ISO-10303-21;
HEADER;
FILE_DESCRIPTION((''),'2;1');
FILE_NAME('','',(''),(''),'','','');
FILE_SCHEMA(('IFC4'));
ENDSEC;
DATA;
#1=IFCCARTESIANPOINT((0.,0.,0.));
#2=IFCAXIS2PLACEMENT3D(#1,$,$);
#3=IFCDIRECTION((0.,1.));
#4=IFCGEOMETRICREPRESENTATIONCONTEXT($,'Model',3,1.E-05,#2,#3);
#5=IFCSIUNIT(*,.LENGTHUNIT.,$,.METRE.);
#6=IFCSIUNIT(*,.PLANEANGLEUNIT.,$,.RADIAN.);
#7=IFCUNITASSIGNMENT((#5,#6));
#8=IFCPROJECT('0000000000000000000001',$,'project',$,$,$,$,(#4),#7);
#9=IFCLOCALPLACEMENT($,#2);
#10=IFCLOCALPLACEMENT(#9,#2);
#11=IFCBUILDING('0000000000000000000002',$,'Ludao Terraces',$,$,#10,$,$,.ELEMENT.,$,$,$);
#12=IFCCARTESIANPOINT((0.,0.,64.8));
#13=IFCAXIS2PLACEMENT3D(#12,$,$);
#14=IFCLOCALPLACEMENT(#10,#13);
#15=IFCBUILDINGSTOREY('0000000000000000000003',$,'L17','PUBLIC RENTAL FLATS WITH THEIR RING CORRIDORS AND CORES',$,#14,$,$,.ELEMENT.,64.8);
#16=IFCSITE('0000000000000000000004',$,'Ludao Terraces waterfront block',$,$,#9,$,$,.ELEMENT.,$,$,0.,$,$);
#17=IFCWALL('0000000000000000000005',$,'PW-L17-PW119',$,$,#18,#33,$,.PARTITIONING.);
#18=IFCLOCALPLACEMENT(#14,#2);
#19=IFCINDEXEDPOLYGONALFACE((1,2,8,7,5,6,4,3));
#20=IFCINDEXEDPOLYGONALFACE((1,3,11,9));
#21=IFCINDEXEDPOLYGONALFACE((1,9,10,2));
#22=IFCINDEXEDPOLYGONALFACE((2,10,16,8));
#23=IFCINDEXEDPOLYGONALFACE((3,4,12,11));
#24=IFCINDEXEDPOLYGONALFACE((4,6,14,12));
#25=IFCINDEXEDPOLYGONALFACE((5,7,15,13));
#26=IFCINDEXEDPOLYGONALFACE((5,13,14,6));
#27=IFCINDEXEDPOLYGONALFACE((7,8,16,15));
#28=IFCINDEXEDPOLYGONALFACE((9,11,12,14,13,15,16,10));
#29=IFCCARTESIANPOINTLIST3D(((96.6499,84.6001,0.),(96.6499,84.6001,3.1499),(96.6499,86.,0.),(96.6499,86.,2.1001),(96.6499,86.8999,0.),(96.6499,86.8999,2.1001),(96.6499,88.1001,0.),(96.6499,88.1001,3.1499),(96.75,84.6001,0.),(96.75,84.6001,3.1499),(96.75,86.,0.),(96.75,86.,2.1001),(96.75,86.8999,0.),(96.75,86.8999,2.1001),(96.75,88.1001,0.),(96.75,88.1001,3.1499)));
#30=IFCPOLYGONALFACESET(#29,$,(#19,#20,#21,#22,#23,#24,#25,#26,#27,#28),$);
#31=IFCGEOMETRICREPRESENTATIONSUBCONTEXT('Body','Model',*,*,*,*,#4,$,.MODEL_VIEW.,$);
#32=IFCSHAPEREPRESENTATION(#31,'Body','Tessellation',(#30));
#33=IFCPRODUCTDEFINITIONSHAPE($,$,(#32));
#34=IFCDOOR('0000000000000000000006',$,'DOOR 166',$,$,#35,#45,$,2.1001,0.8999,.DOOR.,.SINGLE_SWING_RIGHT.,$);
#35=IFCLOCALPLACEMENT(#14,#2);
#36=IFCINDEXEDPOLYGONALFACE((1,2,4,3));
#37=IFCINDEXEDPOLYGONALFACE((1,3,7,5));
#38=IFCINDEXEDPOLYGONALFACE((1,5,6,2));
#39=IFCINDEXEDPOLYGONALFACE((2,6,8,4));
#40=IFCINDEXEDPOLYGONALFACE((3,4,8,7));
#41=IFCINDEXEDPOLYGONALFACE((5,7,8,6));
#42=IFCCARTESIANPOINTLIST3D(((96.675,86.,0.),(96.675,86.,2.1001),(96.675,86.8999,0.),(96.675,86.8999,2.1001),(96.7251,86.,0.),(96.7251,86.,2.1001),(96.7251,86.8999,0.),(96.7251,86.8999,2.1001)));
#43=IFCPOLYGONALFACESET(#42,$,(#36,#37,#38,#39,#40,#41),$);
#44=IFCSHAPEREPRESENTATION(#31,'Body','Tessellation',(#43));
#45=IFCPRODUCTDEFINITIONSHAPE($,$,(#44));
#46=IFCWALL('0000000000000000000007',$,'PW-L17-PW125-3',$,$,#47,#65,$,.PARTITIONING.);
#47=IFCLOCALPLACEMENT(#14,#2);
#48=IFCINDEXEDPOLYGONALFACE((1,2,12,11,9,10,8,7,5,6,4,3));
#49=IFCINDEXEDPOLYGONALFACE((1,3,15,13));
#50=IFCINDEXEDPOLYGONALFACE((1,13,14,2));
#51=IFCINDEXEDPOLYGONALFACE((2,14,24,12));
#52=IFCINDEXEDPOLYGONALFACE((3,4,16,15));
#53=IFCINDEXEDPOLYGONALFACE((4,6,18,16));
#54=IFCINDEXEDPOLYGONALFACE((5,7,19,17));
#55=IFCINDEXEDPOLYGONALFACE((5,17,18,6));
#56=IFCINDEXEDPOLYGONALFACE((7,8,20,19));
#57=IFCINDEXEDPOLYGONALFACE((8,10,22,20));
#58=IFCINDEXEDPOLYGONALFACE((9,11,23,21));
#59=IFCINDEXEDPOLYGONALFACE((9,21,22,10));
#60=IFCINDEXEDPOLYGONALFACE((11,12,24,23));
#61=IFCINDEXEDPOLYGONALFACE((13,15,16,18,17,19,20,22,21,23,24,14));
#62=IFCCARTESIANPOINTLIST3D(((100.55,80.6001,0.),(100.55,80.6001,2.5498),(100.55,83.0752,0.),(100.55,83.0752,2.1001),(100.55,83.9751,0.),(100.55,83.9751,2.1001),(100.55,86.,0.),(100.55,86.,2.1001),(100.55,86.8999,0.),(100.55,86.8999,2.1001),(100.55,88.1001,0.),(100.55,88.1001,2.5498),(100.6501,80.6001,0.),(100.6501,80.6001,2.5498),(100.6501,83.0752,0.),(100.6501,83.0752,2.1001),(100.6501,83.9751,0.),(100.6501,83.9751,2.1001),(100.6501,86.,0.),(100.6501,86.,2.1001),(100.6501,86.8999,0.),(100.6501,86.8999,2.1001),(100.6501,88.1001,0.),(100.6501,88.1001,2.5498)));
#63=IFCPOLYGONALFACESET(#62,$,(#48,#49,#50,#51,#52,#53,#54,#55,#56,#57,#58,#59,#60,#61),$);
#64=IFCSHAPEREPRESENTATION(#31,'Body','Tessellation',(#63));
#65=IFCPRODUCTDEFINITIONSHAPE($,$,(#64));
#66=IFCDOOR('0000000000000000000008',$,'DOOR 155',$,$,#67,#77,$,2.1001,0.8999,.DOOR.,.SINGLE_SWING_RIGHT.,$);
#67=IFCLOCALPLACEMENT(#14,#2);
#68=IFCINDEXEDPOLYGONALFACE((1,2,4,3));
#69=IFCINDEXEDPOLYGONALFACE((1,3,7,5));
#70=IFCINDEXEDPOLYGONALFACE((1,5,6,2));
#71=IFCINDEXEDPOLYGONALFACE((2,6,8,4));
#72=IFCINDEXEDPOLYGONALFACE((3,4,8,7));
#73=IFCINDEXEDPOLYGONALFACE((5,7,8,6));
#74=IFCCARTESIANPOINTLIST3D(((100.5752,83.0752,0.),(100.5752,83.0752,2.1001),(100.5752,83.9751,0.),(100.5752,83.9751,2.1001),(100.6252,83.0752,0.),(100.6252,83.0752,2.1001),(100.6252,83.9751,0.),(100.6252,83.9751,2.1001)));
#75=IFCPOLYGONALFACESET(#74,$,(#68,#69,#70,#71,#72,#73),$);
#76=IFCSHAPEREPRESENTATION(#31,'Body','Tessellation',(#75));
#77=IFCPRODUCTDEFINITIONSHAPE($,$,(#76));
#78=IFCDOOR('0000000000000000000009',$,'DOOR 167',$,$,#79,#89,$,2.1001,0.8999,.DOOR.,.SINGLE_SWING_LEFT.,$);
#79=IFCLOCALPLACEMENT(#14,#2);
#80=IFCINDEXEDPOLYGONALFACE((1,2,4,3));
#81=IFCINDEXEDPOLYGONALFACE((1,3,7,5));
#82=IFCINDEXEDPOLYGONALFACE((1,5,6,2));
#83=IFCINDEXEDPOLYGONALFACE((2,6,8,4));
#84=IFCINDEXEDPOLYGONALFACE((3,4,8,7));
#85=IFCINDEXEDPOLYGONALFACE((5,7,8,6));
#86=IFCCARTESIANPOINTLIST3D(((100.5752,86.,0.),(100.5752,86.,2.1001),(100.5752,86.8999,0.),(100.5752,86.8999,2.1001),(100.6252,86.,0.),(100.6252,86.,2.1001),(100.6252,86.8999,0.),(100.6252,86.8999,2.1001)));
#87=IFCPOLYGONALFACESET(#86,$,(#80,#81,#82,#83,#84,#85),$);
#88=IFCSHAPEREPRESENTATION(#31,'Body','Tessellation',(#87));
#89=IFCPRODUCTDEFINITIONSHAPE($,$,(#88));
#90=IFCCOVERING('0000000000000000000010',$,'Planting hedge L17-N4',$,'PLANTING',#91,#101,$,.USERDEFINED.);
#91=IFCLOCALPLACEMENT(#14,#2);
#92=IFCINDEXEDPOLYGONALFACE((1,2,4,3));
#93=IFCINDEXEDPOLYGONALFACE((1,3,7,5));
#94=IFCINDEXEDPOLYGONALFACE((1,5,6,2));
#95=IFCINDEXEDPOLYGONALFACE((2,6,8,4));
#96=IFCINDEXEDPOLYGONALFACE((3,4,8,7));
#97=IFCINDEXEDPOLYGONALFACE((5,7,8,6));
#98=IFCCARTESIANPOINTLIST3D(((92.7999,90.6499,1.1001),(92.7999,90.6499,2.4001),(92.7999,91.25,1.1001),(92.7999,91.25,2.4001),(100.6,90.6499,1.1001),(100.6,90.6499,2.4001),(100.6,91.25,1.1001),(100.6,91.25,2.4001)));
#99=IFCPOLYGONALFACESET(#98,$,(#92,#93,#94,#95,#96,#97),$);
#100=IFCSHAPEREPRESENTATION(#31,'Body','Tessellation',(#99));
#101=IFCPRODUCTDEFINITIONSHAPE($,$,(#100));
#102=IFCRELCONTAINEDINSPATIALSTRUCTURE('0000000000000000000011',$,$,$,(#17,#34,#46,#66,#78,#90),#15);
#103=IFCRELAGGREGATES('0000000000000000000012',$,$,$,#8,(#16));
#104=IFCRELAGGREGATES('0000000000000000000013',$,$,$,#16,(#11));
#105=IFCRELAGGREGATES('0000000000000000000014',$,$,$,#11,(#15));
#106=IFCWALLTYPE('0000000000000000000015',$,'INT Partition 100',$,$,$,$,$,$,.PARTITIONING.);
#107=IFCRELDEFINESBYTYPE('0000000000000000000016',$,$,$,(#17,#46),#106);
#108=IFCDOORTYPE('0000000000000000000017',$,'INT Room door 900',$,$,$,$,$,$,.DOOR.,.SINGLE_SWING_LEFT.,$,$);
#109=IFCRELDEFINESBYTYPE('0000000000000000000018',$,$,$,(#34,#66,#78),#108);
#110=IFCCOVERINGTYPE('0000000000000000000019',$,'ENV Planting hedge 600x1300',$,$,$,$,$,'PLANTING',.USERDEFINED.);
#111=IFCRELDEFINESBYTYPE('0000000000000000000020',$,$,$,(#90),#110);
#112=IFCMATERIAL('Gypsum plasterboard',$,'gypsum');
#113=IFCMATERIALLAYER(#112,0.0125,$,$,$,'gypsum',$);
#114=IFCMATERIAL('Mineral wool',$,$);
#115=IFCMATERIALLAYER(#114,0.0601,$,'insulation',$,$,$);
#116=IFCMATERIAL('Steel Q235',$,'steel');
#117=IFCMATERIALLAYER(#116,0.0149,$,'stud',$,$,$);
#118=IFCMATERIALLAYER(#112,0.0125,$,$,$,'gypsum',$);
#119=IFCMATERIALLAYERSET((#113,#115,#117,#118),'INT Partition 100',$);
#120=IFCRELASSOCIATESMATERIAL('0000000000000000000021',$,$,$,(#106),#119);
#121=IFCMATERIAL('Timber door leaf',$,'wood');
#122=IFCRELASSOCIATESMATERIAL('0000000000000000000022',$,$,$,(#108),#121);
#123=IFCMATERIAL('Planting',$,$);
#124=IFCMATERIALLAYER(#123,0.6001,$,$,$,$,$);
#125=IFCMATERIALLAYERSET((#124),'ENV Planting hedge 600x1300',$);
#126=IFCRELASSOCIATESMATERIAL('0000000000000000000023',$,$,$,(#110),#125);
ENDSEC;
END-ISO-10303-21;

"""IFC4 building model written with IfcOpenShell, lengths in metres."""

from ifc_helpers import new_model, si_unit, direction, frame, frame_2d, origin, origin_2d, place, context, subcontext, project, spatial, rectangle, extrude, material, layer, layer_set, type_object, element, fill, save


model = new_model("IFC4")

# Units and contexts
model_context = context("Model", 3, precision=1e-05, world=origin(), true_north=direction((0.0, 1.0)))
body_context = subcontext(model_context, "Body", "Model", "MODEL_VIEW")
ifc_project = project(units=[si_unit("LENGTHUNIT", "METRE"), si_unit("PLANEANGLEUNIT", "RADIAN")], contexts=[model_context])

# Site, building, storey
site_placement = place(None, origin())
site = spatial("IfcSite", under=ifc_project, at=site_placement, Name="Ludao Terraces waterfront block", CompositionType="ELEMENT", RefElevation=0.0)
building_placement = place(site_placement, origin())
building = spatial("IfcBuilding", under=site, at=building_placement, Name="Ludao Terraces", CompositionType="ELEMENT")
storey_placement = place(building_placement, frame((0.0, 0.0, 64.8)))
storey = spatial("IfcBuildingStorey", under=building, at=storey_placement, Name="L17", Description="PUBLIC RENTAL FLATS WITH THEIR RING CORRIDORS AND CORES", CompositionType="ELEMENT", Elevation=64.8)

# Shared definitions
ifc_material_1 = material(Name="Gypsum plasterboard", Category="gypsum")
ifc_layer_1 = layer(ifc_material_1, 0.0125, Category="gypsum")
ifc_material_2 = material(Name="Mineral wool")
ifc_layer_2 = layer(ifc_material_2, 0.0601, Name="insulation")
ifc_material_3 = material(Name="Steel Q235", Category="steel")
ifc_layer_3 = layer(ifc_material_3, 0.0149, Name="stud")
ifc_layer_4 = layer(ifc_material_1, 0.0125, Category="gypsum")
ifc_layer_set_1 = layer_set([ifc_layer_1, ifc_layer_2, ifc_layer_3, ifc_layer_4], Name="INT Partition 100")
wall_type_1 = type_object("IfcWallType", Name="INT Partition 100", PredefinedType="PARTITIONING", material=ifc_layer_set_1)

# Wall, opening, door
ifc_material_4 = material(Name="Timber door leaf", Category="wood")
door_type = type_object("IfcDoorType", Name="INT Room door 900", OperationType="SINGLE_SWING_LEFT", PredefinedType="DOOR", material=ifc_material_4)
wall_1_placement = place(storey_placement, frame((96.7, 84.6001, 0.0), z_axis=(0.0, 0.0, 1.0), x_axis=(0.0, 1.0, 0.0)))
wall_1 = element("IfcWall", 1, at=wall_1_placement, inside=storey, type_object=wall_type_1, Name="PW-L17-PW119", PredefinedType="PARTITIONING", context=body_context, shape_type="SweptSolid", body=[
    extrude(rectangle(XDim=3.5, YDim=0.1001, at=frame_2d((1.75, 0.0))), origin(), (0.0, 0.0, 1.0), 3.1499),
])
opening_1_placement = place(wall_1_placement, frame((1.3999, 0.0, 0.0)))
opening_1 = element("IfcOpeningElement", 2, at=opening_1_placement, cuts=wall_1, PredefinedType="OPENING", context=body_context, shape_type="SweptSolid", body=[
    extrude(rectangle(XDim=0.8999, YDim=2.1001, at=frame_2d((0.45, 1.05))), frame((0.0, 0.0601, 0.0), z_axis=(0.0, -1.0, 0.0), x_axis=(1.0, 0.0, 0.0)), (0.0, 0.0, 1.0), 0.1201),
])
door_1_placement = place(opening_1_placement, origin())
door_1 = element("IfcDoor", 3, at=door_1_placement, inside=storey, type_object=door_type, Name="DOOR 166", OperationType="SINGLE_SWING_RIGHT", OverallHeight=2.1001, OverallWidth=0.8999, PredefinedType="DOOR", context=body_context, shape_type="SweptSolid", body=[
    extrude(rectangle(XDim=0.8999, YDim=2.1001, at=frame_2d((0.45, 1.05))), frame((0.0, 0.0249, 0.0), z_axis=(0.0, -1.0, 0.0), x_axis=(1.0, 0.0, 0.0)), (0.0, 0.0, 1.0), 0.05),
])
fill(opening_1, door_1)

# Wall, openings, doors
wall_2_placement = place(storey_placement, frame((100.6001, 80.6001, 0.0), z_axis=(0.0, 0.0, 1.0), x_axis=(0.0, 1.0, 0.0)))
wall_2 = element("IfcWall", 4, at=wall_2_placement, inside=storey, type_object=wall_type_1, Name="PW-L17-PW125-3", PredefinedType="PARTITIONING", context=body_context, shape_type="SweptSolid", body=[
    extrude(rectangle(XDim=7.5, YDim=0.1001, at=frame_2d((3.75, 0.0))), origin(), (0.0, 0.0, 1.0), 2.5498),
])
opening_2_placement = place(wall_2_placement, frame((2.4751, 0.0, 0.0)))
opening_2 = element("IfcOpeningElement", 5, at=opening_2_placement, cuts=wall_2, PredefinedType="OPENING", context=body_context, shape_type="SweptSolid", body=[
    extrude(rectangle(XDim=0.8999, YDim=2.1001, at=frame_2d((0.45, 1.05))), frame((0.0, 0.0601, 0.0), z_axis=(0.0, -1.0, 0.0), x_axis=(1.0, 0.0, 0.0)), (0.0, 0.0, 1.0), 0.1201),
])
opening_3_placement = place(wall_2_placement, frame((5.3999, 0.0, 0.0)))
opening_3 = element("IfcOpeningElement", 6, at=opening_3_placement, cuts=wall_2, PredefinedType="OPENING", context=body_context, shape_type="SweptSolid", body=[
    extrude(rectangle(XDim=0.8999, YDim=2.1001, at=frame_2d((0.45, 1.05))), frame((0.0, 0.0601, 0.0), z_axis=(0.0, -1.0, 0.0), x_axis=(1.0, 0.0, 0.0)), (0.0, 0.0, 1.0), 0.1201),
])
door_2_placement = place(opening_2_placement, origin())
door_2 = element("IfcDoor", 7, at=door_2_placement, inside=storey, type_object=door_type, Name="DOOR 155", OperationType="SINGLE_SWING_RIGHT", OverallHeight=2.1001, OverallWidth=0.8999, PredefinedType="DOOR", context=body_context, shape_type="SweptSolid", body=[
    extrude(rectangle(XDim=0.8999, YDim=2.1001, at=frame_2d((0.45, 1.05))), frame((0.0, 0.0249, 0.0), z_axis=(0.0, -1.0, 0.0), x_axis=(1.0, 0.0, 0.0)), (0.0, 0.0, 1.0), 0.05),
])
fill(opening_2, door_2)
door_3_placement = place(opening_3_placement, origin())
door_3 = element("IfcDoor", 8, at=door_3_placement, inside=storey, type_object=door_type, Name="DOOR 167", OperationType="SINGLE_SWING_LEFT", OverallHeight=2.1001, OverallWidth=0.8999, PredefinedType="DOOR", context=body_context, shape_type="SweptSolid", body=[
    extrude(rectangle(XDim=0.8999, YDim=2.1001, at=frame_2d((0.45, 1.05))), frame((0.0, 0.0249, 0.0), z_axis=(0.0, -1.0, 0.0), x_axis=(1.0, 0.0, 0.0)), (0.0, 0.0, 1.0), 0.05),
])
fill(opening_3, door_3)

# Covering
ifc_material_5 = material(Name="Planting")
ifc_layer_5 = layer(ifc_material_5, 0.6001)
ifc_layer_set_2 = layer_set([ifc_layer_5], Name="ENV Planting hedge 600x1300")
covering_type = type_object("IfcCoveringType", Name="ENV Planting hedge 600x1300", ElementType="PLANTING", PredefinedType="USERDEFINED", material=ifc_layer_set_2)
covering_placement = place(storey_placement, frame((96.7, 90.95, 1.1001), z_axis=(0.0, 0.0, 1.0), x_axis=(1.0, 0.0, 0.0)))
element("IfcCovering", 9, at=covering_placement, inside=storey, type_object=covering_type, Name="Planting hedge L17-N4", ObjectType="PLANTING", PredefinedType="USERDEFINED", context=body_context, shape_type="SweptSolid", body=[
    extrude(rectangle(XDim=7.8, YDim=0.6001, at=origin_2d()), origin(), (0.0, 0.0, 1.0), 1.3),
])

save(model, "model.ifc")
